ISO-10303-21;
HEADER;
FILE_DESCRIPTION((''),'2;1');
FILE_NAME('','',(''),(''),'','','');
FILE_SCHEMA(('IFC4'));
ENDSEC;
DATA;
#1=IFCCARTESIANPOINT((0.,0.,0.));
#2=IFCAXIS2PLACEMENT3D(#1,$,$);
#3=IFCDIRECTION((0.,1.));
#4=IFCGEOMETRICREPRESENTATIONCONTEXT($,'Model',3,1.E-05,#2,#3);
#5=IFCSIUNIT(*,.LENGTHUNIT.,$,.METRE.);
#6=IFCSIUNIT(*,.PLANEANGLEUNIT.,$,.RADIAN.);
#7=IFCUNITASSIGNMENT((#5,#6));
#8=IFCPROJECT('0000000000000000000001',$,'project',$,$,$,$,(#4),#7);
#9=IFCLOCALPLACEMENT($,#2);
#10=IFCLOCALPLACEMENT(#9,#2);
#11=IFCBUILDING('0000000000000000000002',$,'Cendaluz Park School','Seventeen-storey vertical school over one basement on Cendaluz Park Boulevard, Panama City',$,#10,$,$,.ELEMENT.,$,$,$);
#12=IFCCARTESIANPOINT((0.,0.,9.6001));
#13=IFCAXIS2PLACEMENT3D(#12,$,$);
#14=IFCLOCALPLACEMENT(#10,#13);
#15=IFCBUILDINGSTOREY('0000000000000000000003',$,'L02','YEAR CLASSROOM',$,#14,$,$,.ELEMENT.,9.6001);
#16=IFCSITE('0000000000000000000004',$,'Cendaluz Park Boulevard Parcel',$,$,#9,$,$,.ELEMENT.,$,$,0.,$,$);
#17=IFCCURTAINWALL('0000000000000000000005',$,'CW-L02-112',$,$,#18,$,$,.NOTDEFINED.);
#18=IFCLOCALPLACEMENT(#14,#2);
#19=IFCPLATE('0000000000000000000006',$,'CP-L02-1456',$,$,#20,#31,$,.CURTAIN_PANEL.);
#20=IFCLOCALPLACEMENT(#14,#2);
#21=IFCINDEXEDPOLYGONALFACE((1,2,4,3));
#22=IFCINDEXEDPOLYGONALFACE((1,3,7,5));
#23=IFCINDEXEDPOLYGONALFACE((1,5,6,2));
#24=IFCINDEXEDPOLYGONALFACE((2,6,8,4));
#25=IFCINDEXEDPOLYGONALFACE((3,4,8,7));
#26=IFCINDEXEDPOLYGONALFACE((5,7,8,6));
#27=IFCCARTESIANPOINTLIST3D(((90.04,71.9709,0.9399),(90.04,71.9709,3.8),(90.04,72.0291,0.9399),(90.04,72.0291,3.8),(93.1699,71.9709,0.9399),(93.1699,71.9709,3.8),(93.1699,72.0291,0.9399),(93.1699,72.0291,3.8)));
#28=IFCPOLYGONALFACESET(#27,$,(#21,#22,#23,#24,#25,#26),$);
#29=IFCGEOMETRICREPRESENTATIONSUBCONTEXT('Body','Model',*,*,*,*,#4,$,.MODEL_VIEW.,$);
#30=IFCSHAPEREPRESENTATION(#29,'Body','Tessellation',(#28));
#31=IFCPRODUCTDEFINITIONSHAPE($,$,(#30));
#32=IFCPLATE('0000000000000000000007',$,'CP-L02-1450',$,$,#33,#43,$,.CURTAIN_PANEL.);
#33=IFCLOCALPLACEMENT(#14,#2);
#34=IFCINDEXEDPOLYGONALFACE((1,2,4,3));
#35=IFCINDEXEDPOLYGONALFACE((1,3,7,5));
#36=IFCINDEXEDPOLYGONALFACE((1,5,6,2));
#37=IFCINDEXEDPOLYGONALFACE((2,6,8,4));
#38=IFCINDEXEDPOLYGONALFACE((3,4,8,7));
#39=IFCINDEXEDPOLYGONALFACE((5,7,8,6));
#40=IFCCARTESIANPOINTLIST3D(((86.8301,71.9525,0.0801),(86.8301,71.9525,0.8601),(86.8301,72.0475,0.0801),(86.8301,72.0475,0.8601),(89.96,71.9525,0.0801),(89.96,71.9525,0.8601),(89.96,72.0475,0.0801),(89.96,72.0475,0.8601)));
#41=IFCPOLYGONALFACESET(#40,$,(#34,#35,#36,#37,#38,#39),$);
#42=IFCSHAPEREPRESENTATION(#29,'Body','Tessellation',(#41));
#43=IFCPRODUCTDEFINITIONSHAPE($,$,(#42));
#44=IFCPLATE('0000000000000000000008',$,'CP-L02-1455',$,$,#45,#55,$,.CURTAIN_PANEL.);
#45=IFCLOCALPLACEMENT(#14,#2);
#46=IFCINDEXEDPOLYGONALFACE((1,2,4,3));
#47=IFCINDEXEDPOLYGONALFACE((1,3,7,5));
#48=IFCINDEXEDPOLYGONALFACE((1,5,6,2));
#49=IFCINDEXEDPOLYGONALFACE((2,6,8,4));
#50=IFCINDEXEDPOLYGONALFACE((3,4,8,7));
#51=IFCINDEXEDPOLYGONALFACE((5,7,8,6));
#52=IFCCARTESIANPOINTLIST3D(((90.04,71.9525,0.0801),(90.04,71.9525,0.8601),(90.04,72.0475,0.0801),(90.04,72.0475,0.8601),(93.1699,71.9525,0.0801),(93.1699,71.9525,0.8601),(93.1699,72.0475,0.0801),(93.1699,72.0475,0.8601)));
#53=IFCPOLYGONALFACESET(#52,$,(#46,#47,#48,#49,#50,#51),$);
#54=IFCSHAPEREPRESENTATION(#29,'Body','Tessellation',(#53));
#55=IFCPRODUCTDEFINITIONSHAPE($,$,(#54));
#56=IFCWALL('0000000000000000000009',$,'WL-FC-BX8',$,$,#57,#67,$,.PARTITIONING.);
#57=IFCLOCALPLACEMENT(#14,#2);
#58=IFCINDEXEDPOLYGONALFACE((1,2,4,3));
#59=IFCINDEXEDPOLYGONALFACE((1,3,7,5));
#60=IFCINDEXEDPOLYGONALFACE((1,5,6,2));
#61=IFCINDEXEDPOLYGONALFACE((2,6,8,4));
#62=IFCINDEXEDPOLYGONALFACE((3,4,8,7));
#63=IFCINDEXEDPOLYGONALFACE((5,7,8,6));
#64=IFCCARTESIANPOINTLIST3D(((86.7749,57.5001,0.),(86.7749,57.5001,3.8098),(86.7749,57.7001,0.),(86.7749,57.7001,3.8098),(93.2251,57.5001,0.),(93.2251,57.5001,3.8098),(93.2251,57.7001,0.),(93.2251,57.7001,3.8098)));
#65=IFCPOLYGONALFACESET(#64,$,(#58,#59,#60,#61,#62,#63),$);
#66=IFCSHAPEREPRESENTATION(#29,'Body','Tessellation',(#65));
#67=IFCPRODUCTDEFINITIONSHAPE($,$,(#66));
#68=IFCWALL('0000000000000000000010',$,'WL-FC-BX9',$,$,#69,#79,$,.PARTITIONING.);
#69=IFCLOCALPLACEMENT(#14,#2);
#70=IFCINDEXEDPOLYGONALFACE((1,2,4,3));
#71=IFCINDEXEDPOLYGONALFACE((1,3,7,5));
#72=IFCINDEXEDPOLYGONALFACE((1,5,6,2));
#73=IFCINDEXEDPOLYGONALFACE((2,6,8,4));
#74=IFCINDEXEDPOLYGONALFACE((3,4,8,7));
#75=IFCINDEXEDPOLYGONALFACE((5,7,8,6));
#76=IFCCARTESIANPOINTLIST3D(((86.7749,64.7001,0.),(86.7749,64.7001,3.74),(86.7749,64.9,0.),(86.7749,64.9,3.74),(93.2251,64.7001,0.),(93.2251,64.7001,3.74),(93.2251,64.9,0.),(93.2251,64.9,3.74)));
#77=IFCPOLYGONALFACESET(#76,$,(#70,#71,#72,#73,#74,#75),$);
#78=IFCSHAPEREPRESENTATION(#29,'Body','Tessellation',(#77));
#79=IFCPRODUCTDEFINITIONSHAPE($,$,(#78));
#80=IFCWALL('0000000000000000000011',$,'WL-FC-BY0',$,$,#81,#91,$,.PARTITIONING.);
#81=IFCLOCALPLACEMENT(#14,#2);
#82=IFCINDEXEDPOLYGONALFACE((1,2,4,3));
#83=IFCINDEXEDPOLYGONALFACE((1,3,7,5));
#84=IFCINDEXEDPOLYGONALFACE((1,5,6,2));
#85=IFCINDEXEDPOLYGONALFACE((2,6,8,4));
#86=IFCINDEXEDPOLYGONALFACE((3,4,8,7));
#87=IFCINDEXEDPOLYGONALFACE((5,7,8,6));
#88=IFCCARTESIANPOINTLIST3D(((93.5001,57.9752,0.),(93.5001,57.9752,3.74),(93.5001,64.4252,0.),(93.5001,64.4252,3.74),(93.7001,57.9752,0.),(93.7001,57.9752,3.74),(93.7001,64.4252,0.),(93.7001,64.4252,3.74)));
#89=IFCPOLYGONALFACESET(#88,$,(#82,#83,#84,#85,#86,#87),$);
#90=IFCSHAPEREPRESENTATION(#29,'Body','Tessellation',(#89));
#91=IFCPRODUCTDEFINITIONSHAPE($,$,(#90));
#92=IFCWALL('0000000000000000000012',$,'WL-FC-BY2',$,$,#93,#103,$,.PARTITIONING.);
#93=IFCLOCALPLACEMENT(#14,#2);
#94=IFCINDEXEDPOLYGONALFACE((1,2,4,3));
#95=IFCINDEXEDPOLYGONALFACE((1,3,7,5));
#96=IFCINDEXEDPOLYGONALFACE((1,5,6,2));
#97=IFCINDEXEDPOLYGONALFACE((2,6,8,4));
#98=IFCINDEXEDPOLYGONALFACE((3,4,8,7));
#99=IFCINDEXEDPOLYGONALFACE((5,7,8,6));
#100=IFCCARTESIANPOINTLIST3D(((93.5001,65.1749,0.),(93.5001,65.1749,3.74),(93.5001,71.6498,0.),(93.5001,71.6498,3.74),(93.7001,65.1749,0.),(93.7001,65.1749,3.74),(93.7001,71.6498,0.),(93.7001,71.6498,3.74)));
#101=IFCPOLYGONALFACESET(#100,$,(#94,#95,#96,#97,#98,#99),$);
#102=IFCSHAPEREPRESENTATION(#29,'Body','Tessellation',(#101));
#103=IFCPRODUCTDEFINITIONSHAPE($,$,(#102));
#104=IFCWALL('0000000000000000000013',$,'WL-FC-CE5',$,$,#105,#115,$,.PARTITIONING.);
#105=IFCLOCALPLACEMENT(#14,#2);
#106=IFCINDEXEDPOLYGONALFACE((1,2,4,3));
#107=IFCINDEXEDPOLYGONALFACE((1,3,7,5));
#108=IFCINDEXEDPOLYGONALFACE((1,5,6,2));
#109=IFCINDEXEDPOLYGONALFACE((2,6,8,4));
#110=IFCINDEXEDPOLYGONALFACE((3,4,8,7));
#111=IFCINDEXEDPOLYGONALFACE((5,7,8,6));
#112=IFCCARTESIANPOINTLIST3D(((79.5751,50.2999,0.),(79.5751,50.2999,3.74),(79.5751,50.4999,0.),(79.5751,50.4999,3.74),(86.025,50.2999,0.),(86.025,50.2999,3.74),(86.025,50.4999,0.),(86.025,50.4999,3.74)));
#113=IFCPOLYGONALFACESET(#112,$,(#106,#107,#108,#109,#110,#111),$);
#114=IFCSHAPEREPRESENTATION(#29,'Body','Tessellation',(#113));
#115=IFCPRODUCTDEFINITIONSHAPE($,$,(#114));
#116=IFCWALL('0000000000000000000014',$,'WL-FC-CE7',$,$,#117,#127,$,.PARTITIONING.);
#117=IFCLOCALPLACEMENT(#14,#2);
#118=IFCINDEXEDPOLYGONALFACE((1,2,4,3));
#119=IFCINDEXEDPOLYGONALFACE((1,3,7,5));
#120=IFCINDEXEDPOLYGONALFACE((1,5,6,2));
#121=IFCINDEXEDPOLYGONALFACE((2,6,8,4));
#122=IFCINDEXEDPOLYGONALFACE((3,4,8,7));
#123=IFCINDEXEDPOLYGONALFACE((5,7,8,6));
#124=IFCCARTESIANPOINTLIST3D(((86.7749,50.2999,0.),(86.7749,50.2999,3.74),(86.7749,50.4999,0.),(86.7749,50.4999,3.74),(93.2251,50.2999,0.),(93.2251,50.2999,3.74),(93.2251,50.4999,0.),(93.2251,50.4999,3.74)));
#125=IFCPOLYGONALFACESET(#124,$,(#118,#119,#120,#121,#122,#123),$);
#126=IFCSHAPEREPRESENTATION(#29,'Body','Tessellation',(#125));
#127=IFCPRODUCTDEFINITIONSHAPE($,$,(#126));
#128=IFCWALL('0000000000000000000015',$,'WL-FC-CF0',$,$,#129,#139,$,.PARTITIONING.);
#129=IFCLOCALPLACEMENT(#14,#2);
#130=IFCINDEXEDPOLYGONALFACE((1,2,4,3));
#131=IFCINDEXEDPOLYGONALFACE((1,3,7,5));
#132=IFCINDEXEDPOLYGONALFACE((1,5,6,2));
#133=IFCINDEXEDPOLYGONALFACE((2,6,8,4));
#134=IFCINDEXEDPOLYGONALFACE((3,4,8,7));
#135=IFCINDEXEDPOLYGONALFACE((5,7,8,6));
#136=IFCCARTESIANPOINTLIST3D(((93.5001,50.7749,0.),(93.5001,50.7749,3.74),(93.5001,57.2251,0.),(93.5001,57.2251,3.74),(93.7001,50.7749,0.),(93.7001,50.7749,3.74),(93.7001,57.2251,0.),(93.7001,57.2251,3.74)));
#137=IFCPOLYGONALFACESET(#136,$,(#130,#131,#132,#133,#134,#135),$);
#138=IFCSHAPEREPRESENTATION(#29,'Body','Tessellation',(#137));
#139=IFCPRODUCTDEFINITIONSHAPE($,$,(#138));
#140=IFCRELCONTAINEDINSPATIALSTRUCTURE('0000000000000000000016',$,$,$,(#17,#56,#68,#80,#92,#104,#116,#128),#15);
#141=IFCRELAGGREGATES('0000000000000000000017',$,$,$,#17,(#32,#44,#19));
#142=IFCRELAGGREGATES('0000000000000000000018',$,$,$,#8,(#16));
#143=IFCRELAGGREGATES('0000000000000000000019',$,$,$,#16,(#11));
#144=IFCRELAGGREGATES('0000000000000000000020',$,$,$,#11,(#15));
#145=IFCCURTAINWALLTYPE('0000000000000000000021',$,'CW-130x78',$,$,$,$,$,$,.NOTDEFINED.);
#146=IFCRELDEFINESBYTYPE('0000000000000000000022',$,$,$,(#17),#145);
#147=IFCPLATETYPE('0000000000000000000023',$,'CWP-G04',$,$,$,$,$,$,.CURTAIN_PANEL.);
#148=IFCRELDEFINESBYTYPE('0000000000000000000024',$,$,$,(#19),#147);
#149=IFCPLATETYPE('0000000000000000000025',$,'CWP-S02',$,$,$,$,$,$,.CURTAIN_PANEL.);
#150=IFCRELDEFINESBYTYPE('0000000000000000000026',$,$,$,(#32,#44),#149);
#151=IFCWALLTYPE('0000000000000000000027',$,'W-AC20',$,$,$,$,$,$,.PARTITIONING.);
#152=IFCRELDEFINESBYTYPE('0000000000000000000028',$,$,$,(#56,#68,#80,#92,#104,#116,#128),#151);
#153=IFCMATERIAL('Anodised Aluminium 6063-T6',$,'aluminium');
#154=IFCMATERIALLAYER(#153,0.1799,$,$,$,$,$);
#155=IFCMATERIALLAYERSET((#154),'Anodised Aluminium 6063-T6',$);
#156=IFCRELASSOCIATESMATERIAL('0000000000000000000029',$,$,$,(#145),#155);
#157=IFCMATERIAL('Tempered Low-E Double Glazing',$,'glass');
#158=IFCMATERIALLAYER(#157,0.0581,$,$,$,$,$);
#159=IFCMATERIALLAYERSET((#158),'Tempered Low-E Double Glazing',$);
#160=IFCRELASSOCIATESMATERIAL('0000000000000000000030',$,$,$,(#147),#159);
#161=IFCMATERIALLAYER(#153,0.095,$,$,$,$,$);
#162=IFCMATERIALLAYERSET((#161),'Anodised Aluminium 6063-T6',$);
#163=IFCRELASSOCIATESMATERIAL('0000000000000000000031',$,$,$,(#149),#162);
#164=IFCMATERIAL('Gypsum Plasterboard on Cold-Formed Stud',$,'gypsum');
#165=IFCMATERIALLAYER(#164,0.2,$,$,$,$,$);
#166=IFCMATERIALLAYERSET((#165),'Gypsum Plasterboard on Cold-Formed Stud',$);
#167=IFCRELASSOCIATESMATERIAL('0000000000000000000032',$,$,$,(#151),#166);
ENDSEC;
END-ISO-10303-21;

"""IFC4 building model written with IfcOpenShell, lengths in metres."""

from ifc_helpers import new_model, si_unit, direction, frame, frame_2d, origin, origin_2d, place, context, subcontext, project, spatial, rectangle, extrude, material, layer, layer_set, type_object, element, aggregate, save


model = new_model("IFC4")

# Units and contexts
model_context = context("Model", 3, precision=1e-05, world=origin(), true_north=direction((0.0, 1.0)))
body_context = subcontext(model_context, "Body", "Model", "MODEL_VIEW")
ifc_project = project(units=[si_unit("LENGTHUNIT", "METRE"), si_unit("PLANEANGLEUNIT", "RADIAN")], contexts=[model_context])

# Site, building, storey
site_placement = place(None, origin())
site = spatial("IfcSite", under=ifc_project, at=site_placement, Name="Cendaluz Park Boulevard Parcel", CompositionType="ELEMENT", RefElevation=0.0)
building_placement = place(site_placement, origin())
building = spatial("IfcBuilding", under=site, at=building_placement, Name="Cendaluz Park School", Description="Seventeen-storey vertical school over one basement on Cendaluz Park Boulevard, Panama City", CompositionType="ELEMENT")
storey_placement = place(building_placement, frame((0.0, 0.0, 9.6001)))
storey = spatial("IfcBuildingStorey", under=building, at=storey_placement, Name="L02", Description="YEAR CLASSROOM", CompositionType="ELEMENT", Elevation=9.6001)

# Curtain wall
ifc_material_1 = material(Name="Anodised Aluminium 6063-T6", Category="aluminium")
ifc_layer_1 = layer(ifc_material_1, 0.1799)
ifc_layer_set_1 = layer_set([ifc_layer_1], Name="Anodised Aluminium 6063-T6")
curtain_wall_type = type_object("IfcCurtainWallType", Name="CW-130x78", PredefinedType="NOTDEFINED", material=ifc_layer_set_1)
curtain_wall_placement = place(storey_placement, origin())
curtain_wall = element("IfcCurtainWall", 1, at=curtain_wall_placement, inside=storey, type_object=curtain_wall_type, Name="CW-L02-112", PredefinedType="NOTDEFINED")

# Plates
ifc_material_2 = material(Name="Tempered Low-E Double Glazing", Category="glass")
ifc_layer_2 = layer(ifc_material_2, 0.0581)
ifc_layer_set_2 = layer_set([ifc_layer_2], Name="Tempered Low-E Double Glazing")
plate_type_1 = type_object("IfcPlateType", Name="CWP-G04", PredefinedType="CURTAIN_PANEL", material=ifc_layer_set_2)
plate_1_placement = place(storey_placement, frame((91.605, 72.0, 0.9399), z_axis=(0.0, 0.0, 1.0), x_axis=(1.0, 0.0, 0.0)))
plate_1 = element("IfcPlate", 2, at=plate_1_placement, type_object=plate_type_1, Name="CP-L02-1456", PredefinedType="CURTAIN_PANEL", context=body_context, shape_type="SweptSolid", body=[
    extrude(rectangle(XDim=3.1299, YDim=0.0581, at=origin_2d()), origin(), (0.0, 0.0, 1.0), 2.8601),
])
ifc_layer_3 = layer(ifc_material_1, 0.095)
ifc_layer_set_3 = layer_set([ifc_layer_3], Name="Anodised Aluminium 6063-T6")
plate_type_2 = type_object("IfcPlateType", Name="CWP-S02", PredefinedType="CURTAIN_PANEL", material=ifc_layer_set_3)
plate_2_placement = place(storey_placement, frame((88.395, 72.0, 0.0801), z_axis=(0.0, 0.0, 1.0), x_axis=(1.0, 0.0, 0.0)))
plate_2 = element("IfcPlate", 3, at=plate_2_placement, type_object=plate_type_2, Name="CP-L02-1450", PredefinedType="CURTAIN_PANEL", context=body_context, shape_type="SweptSolid", body=[
    extrude(rectangle(XDim=3.1299, YDim=0.095, at=origin_2d()), origin(), (0.0, 0.0, 1.0), 0.78),
])
plate_3_placement = place(storey_placement, frame((91.605, 72.0, 0.0801), z_axis=(0.0, 0.0, 1.0), x_axis=(1.0, 0.0, 0.0)))
plate_3 = element("IfcPlate", 4, at=plate_3_placement, type_object=plate_type_2, Name="CP-L02-1455", PredefinedType="CURTAIN_PANEL", context=body_context, shape_type="SweptSolid", body=[
    extrude(rectangle(XDim=3.1299, YDim=0.095, at=origin_2d()), origin(), (0.0, 0.0, 1.0), 0.78),
])
aggregate(curtain_wall, [plate_2, plate_3, plate_1])

# Walls
ifc_material_3 = material(Name="Gypsum Plasterboard on Cold-Formed Stud", Category="gypsum")
ifc_layer_4 = layer(ifc_material_3, 0.2)
ifc_layer_set_4 = layer_set([ifc_layer_4], Name="Gypsum Plasterboard on Cold-Formed Stud")
wall_type = type_object("IfcWallType", Name="W-AC20", PredefinedType="PARTITIONING", material=ifc_layer_set_4)
wall_1_placement = place(storey_placement, frame((86.7749, 57.6001, 0.0), z_axis=(0.0, 0.0, 1.0), x_axis=(1.0, 0.0, 0.0)))
element("IfcWall", 5, at=wall_1_placement, inside=storey, type_object=wall_type, Name="WL-FC-BX8", PredefinedType="PARTITIONING", context=body_context, shape_type="SweptSolid", body=[
    extrude(rectangle(XDim=6.4502, YDim=0.2, at=frame_2d((3.2251, 0.0))), origin(), (0.0, 0.0, 1.0), 3.8098),
])
wall_2_placement = place(storey_placement, frame((86.7749, 64.8, 0.0), z_axis=(0.0, 0.0, 1.0), x_axis=(1.0, 0.0, 0.0)))
element("IfcWall", 6, at=wall_2_placement, inside=storey, type_object=wall_type, Name="WL-FC-BX9", PredefinedType="PARTITIONING", context=body_context, shape_type="SweptSolid", body=[
    extrude(rectangle(XDim=6.4502, YDim=0.2, at=frame_2d((3.2251, 0.0))), origin(), (0.0, 0.0, 1.0), 3.74),
])
wall_3_placement = place(storey_placement, frame((93.6001, 57.9751, 0.0), z_axis=(0.0, 0.0, 1.0), x_axis=(0.0, 1.0, 0.0)))
element("IfcWall", 7, at=wall_3_placement, inside=storey, type_object=wall_type, Name="WL-FC-BY0", PredefinedType="PARTITIONING", context=body_context, shape_type="SweptSolid", body=[
    extrude(rectangle(XDim=6.45, YDim=0.2, at=frame_2d((3.2251, 0.0))), origin(), (0.0, 0.0, 1.0), 3.74),
])
wall_4_placement = place(storey_placement, frame((93.6001, 65.175, 0.0), z_axis=(0.0, 0.0, 1.0), x_axis=(0.0, 1.0, 0.0)))
element("IfcWall", 8, at=wall_4_placement, inside=storey, type_object=wall_type, Name="WL-FC-BY2", PredefinedType="PARTITIONING", context=body_context, shape_type="SweptSolid", body=[
    extrude(rectangle(XDim=6.4749, YDim=0.2, at=frame_2d((3.2373, 0.0))), origin(), (0.0, 0.0, 1.0), 3.74),
])
wall_5_placement = place(storey_placement, frame((79.575, 50.3999, 0.0), z_axis=(0.0, 0.0, 1.0), x_axis=(1.0, 0.0, 0.0)))
element("IfcWall", 9, at=wall_5_placement, inside=storey, type_object=wall_type, Name="WL-FC-CE5", PredefinedType="PARTITIONING", context=body_context, shape_type="SweptSolid", body=[
    extrude(rectangle(XDim=6.45, YDim=0.2, at=frame_2d((3.2251, 0.0))), origin(), (0.0, 0.0, 1.0), 3.74),
])
for number, where, z_axis, x_axis, name in (
    (10, (86.7749, 50.3999, 0.0), (0.0, 0.0, 1.0), (1.0, 0.0, 0.0), "WL-FC-CE7"),
    (11, (93.6001, 50.7749, 0.0), (0.0, 0.0, 1.0), (0.0, 1.0, 0.0), "WL-FC-CF0"),
):
    element("IfcWall", number, at=place(storey_placement, frame(where, z_axis=z_axis, x_axis=x_axis)), inside=storey, type_object=wall_type, Name=name, PredefinedType="PARTITIONING", context=body_context, shape_type="SweptSolid", body=[
        extrude(rectangle(XDim=6.4502, YDim=0.2, at=frame_2d((3.2251, 0.0))), origin(), (0.0, 0.0, 1.0), 3.74),
    ])

save(model, "model.ifc")
